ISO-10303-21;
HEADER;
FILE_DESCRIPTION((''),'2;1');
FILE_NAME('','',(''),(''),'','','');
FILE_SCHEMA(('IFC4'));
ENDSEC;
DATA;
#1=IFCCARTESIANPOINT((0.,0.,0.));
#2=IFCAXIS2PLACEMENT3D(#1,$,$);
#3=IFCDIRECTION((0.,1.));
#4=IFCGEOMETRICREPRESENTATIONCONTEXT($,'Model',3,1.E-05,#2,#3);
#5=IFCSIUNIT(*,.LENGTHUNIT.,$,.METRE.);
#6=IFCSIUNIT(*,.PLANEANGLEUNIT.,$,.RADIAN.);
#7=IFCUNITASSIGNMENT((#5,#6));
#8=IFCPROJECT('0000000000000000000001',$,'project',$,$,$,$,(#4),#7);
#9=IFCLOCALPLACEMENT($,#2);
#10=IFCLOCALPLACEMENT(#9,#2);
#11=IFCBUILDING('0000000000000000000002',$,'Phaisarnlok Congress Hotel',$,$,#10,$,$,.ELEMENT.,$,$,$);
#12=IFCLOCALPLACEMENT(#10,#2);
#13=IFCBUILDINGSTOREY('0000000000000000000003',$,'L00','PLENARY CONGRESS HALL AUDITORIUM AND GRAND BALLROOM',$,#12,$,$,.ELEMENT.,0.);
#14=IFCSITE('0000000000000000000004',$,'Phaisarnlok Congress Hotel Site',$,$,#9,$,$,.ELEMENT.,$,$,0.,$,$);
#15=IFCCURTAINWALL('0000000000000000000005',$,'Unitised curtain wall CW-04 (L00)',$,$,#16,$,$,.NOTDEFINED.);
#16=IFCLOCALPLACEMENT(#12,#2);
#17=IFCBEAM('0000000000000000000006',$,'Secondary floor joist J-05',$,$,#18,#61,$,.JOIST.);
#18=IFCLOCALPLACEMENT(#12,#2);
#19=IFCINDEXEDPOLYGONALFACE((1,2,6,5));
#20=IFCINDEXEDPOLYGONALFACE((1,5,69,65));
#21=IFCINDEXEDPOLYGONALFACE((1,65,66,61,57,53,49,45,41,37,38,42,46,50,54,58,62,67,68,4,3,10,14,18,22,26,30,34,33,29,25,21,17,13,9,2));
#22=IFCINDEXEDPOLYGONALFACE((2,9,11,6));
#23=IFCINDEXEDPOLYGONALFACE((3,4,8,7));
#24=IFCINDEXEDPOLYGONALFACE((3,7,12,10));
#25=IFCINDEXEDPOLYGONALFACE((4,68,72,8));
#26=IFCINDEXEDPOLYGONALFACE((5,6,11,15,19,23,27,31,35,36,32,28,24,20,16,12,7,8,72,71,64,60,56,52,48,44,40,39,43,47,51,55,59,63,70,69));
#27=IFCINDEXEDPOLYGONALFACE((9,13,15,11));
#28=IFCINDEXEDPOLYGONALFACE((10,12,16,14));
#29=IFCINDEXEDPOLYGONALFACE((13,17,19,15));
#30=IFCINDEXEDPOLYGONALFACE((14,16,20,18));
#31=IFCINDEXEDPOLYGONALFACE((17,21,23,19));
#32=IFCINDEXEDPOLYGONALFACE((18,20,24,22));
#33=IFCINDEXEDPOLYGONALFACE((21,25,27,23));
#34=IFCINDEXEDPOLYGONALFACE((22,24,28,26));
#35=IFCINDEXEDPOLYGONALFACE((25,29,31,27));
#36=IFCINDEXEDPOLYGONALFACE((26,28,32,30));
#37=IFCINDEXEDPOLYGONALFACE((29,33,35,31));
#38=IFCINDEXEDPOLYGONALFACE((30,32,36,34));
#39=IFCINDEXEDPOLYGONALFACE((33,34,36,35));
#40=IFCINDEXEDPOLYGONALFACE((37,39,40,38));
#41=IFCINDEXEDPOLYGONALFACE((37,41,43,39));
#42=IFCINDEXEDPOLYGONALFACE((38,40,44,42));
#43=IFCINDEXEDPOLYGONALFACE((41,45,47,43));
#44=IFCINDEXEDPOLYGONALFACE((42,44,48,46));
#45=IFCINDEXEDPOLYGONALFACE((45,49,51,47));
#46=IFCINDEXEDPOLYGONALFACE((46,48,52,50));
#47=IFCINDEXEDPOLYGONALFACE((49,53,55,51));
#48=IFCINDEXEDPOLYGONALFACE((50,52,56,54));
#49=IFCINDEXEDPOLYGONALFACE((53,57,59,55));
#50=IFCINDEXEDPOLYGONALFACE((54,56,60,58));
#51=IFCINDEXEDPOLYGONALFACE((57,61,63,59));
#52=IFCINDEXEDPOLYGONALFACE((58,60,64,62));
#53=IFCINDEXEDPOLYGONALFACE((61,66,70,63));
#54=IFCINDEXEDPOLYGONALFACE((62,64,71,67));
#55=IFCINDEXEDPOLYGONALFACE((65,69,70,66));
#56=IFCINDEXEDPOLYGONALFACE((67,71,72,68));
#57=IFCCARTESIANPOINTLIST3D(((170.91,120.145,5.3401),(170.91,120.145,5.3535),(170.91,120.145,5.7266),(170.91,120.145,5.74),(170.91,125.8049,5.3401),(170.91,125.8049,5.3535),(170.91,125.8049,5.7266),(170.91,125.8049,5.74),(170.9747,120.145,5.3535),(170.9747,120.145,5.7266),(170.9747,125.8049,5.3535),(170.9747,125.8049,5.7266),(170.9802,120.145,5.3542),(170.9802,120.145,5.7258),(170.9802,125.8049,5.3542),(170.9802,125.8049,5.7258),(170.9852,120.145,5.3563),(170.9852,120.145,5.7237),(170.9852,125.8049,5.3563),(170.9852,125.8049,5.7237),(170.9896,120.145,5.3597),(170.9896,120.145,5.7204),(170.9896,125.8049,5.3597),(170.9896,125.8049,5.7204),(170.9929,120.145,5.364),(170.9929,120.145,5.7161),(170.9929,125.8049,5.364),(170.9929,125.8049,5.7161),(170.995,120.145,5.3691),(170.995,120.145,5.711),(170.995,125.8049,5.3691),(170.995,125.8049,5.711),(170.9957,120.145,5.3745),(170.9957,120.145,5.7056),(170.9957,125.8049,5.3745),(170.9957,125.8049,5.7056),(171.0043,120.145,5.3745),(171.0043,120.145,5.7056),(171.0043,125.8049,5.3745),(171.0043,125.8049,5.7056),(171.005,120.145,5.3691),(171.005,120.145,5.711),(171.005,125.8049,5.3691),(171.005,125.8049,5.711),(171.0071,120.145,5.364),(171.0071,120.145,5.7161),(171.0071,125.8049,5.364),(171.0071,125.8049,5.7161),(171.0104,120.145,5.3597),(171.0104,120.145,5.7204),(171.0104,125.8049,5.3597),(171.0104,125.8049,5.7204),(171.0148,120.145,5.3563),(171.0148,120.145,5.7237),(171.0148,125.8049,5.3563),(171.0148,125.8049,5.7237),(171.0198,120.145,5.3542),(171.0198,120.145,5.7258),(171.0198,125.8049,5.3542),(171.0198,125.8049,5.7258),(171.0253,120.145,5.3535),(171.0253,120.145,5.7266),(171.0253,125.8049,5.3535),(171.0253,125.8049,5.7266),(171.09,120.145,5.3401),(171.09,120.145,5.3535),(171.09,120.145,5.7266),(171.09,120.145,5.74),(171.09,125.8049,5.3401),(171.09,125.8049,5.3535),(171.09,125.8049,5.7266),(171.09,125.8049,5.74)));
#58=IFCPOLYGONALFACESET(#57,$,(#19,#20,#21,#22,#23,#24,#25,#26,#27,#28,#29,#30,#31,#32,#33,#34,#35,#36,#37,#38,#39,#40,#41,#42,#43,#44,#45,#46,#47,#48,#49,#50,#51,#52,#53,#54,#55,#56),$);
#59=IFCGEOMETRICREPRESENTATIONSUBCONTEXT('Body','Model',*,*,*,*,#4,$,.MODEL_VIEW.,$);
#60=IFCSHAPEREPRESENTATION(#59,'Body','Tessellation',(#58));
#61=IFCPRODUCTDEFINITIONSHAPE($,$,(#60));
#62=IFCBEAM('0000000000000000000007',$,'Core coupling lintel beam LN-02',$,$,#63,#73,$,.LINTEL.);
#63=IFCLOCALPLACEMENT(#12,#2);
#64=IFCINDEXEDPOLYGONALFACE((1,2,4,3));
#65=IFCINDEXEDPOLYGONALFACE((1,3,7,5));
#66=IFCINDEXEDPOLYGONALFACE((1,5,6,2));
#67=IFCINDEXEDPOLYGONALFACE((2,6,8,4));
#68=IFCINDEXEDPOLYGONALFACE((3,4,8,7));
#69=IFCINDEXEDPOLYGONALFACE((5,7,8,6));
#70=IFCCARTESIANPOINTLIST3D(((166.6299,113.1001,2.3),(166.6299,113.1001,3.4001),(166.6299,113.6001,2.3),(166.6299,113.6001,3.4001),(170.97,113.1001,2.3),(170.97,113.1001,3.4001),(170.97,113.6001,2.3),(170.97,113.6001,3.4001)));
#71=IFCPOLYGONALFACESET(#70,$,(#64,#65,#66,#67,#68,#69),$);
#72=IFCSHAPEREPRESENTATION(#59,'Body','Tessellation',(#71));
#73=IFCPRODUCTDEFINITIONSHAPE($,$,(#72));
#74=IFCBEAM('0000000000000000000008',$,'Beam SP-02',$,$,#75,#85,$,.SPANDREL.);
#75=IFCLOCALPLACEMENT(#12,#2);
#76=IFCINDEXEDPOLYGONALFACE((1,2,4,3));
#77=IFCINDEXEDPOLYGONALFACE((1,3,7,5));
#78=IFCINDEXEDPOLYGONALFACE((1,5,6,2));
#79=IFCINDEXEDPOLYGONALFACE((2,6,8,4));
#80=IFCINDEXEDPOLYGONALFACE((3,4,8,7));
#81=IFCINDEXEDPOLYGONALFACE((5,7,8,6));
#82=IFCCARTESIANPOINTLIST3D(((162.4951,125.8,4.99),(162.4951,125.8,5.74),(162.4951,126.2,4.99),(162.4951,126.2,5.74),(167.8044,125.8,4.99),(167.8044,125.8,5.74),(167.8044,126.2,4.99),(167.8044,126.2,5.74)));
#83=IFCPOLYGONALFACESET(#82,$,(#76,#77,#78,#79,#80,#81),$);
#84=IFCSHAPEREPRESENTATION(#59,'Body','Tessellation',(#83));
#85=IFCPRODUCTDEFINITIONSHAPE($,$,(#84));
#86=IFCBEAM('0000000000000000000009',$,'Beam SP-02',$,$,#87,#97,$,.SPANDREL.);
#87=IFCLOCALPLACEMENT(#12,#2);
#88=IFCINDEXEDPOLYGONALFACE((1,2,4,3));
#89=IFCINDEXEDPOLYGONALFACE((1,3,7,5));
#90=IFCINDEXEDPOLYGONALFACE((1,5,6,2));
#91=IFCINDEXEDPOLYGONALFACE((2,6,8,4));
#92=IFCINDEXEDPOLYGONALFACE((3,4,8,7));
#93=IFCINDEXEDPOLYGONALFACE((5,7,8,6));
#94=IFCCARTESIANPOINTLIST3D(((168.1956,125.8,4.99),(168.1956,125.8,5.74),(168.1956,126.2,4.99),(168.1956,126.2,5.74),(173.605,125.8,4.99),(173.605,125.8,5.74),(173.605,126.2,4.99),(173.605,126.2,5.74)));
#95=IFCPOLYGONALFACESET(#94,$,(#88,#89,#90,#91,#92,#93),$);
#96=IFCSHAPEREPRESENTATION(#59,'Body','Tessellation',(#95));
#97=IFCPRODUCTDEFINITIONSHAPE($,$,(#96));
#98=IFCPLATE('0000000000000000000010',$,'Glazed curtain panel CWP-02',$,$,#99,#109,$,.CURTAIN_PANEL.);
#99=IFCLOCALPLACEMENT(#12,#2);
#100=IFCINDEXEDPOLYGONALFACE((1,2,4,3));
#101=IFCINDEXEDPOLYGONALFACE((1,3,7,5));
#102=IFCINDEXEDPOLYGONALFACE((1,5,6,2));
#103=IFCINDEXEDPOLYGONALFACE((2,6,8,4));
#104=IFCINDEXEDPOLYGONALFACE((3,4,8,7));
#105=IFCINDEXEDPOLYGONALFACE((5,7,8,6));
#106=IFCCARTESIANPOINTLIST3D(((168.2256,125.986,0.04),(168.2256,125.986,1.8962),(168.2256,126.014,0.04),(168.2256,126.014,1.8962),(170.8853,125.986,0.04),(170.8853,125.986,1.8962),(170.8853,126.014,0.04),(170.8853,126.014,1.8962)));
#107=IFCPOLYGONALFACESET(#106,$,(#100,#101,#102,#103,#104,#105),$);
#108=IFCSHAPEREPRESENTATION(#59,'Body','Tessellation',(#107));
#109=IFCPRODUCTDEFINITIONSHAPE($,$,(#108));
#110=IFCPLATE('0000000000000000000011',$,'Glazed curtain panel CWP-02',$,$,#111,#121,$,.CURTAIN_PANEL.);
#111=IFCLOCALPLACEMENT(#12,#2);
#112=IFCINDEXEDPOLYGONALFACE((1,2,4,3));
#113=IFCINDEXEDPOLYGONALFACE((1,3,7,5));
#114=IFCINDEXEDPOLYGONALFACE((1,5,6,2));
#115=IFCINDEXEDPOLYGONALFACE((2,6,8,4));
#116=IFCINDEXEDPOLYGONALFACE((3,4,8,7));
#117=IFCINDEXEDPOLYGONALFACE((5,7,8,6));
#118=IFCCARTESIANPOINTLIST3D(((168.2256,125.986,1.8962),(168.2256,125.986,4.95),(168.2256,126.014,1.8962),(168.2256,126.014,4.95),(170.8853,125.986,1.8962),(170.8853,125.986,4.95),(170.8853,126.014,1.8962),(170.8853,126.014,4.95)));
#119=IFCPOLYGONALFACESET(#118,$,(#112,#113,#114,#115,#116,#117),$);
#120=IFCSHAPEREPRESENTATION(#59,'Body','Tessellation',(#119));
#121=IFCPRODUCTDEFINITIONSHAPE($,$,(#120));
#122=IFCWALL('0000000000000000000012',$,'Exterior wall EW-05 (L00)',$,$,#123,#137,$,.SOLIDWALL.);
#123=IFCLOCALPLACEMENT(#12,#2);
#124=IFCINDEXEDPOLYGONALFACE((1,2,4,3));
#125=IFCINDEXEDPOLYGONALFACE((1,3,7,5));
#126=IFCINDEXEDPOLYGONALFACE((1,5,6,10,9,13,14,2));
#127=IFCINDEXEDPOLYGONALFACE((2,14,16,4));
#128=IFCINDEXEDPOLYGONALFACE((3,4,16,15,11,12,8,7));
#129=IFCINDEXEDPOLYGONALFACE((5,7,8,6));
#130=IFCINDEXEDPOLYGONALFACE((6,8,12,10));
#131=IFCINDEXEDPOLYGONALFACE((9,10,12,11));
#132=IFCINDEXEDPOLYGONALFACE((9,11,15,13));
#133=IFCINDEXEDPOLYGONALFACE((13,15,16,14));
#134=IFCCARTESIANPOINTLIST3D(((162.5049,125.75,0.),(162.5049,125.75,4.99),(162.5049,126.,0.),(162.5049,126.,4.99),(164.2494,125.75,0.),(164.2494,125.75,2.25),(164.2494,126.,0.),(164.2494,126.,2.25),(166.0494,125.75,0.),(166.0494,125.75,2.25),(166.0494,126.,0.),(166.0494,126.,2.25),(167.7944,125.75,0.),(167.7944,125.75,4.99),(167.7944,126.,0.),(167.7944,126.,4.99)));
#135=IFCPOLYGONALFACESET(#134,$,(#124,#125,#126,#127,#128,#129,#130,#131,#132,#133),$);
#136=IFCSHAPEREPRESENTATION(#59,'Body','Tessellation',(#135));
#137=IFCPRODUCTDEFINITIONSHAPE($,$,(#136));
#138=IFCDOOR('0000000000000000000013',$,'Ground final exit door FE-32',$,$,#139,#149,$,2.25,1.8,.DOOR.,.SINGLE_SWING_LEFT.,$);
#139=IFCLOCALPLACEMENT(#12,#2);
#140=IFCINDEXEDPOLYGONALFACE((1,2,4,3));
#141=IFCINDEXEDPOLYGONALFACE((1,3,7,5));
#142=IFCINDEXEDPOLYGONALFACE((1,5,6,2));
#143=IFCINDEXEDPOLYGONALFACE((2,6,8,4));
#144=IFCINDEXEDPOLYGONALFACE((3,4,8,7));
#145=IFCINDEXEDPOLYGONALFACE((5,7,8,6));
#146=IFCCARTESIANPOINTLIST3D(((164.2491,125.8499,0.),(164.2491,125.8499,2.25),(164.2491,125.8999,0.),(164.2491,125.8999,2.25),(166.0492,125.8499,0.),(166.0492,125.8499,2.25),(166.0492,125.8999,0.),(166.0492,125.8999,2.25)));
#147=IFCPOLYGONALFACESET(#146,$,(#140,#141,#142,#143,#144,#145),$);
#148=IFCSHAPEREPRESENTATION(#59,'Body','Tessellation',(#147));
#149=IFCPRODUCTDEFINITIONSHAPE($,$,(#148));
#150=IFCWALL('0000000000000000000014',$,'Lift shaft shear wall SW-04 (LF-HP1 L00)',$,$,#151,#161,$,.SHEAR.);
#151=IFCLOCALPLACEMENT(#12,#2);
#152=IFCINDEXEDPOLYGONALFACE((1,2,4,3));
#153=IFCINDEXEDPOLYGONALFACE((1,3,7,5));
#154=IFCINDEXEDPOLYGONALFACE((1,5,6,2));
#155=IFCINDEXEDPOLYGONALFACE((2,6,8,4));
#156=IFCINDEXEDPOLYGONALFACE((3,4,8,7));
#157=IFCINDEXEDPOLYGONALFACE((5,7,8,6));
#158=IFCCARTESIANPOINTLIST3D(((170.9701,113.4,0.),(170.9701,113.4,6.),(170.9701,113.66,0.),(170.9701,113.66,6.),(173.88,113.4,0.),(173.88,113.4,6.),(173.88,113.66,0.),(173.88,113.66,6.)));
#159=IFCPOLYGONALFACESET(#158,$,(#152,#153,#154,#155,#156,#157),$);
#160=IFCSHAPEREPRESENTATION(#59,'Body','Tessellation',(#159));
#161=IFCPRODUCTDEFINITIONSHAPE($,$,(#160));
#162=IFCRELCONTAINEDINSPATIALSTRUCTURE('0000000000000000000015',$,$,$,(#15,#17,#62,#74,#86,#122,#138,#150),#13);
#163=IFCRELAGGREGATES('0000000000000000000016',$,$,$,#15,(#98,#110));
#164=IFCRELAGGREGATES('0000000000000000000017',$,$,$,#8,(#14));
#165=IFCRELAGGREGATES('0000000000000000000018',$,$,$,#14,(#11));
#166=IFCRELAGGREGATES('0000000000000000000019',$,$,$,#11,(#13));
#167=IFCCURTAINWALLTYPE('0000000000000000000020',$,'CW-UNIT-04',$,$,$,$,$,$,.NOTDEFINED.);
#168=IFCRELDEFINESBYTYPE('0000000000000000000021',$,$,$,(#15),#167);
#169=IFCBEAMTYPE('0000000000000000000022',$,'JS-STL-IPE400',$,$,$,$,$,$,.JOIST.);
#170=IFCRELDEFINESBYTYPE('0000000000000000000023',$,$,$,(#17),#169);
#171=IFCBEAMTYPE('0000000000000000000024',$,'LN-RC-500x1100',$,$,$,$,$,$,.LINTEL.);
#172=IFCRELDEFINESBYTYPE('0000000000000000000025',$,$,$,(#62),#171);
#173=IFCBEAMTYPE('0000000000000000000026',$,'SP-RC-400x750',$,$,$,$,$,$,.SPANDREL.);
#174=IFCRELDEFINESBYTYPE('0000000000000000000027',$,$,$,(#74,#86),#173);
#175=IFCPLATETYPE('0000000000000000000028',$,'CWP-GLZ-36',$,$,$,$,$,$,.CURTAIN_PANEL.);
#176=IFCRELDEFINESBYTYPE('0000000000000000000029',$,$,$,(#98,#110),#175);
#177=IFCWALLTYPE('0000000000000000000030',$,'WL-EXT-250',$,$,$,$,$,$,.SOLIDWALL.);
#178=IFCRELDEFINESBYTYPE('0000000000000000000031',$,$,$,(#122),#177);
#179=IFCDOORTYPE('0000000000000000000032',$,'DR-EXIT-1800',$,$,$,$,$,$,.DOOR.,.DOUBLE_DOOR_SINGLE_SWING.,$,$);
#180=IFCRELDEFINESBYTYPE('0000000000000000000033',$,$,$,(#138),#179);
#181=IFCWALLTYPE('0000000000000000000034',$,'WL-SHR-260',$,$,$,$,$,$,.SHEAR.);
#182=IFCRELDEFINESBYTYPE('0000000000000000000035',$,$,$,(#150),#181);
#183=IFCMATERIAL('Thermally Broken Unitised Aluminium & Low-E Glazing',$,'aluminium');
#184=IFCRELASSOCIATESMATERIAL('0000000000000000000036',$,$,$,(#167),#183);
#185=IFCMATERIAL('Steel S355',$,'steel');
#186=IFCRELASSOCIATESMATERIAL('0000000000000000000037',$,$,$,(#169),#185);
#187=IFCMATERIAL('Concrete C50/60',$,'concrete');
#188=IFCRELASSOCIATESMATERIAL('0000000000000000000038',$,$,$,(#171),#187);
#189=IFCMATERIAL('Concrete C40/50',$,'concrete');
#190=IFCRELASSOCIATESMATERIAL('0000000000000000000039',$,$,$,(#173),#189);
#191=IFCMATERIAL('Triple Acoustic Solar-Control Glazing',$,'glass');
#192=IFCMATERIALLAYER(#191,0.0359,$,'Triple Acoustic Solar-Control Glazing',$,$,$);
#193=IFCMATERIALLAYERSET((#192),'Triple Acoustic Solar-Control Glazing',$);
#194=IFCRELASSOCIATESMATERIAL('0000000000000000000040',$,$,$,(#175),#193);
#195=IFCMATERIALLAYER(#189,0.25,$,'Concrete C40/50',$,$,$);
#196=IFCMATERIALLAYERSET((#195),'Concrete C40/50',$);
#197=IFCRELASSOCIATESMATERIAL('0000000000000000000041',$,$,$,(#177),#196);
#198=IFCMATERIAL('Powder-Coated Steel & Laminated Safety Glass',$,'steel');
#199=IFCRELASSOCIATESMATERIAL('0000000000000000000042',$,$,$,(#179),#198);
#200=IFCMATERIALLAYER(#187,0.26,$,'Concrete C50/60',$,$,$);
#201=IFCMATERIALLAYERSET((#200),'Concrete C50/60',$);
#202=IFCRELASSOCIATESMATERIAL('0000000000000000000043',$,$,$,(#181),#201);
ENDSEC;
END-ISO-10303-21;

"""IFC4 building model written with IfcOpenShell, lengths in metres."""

from ifc_helpers import new_model, si_unit, direction, frame, frame_2d, origin, origin_2d, place, context, subcontext, project, spatial, rectangle, i_section, extrude, material, layer, layer_set, material_profile, profile_set, type_object, element, fill, aggregate, save


model = new_model("IFC4")

# Units and contexts
model_context = context("Model", 3, precision=1e-05, world=origin(), true_north=direction((0.0, 1.0)))
body_context = subcontext(model_context, "Body", "Model", "MODEL_VIEW")
ifc_project = project(units=[si_unit("LENGTHUNIT", "METRE"), si_unit("PLANEANGLEUNIT", "RADIAN")], contexts=[model_context])

# Site, building, storey
site_placement = place(None, origin())
site = spatial("IfcSite", under=ifc_project, at=site_placement, Name="Phaisarnlok Congress Hotel Site", CompositionType="ELEMENT", RefElevation=0.0)
building_placement = place(site_placement, origin())
building = spatial("IfcBuilding", under=site, at=building_placement, Name="Phaisarnlok Congress Hotel", CompositionType="ELEMENT")
storey_placement = place(building_placement, origin())
storey = spatial("IfcBuildingStorey", under=building, at=storey_placement, Name="L00", Description="PLENARY CONGRESS HALL AUDITORIUM AND GRAND BALLROOM", CompositionType="ELEMENT", Elevation=0.0)

# Shared definitions
ifc_material_1 = material(Name="Concrete C50/60", Category="concrete")
ifc_material_2 = material(Name="Steel S355", Category="steel")

# Shared definitions
ifc_material_3 = material(Name="Concrete C40/50", Category="concrete")

# Curtain wall
ifc_material_4 = material(Name="Thermally Broken Unitised Aluminium & Low-E Glazing", Category="aluminium")
curtain_wall_type = type_object("IfcCurtainWallType", Name="CW-UNIT-04", PredefinedType="NOTDEFINED", material=ifc_material_4)
curtain_wall_placement = place(storey_placement, origin())
curtain_wall = element("IfcCurtainWall", 1, at=curtain_wall_placement, inside=storey, type_object=curtain_wall_type, Name="Unitised curtain wall CW-04 (L00)", PredefinedType="NOTDEFINED")

# Beams
ifc_material_profile_1 = material_profile(ifc_material_2, i_section(OverallWidth=0.1799, OverallDepth=0.3999, WebThickness=0.0085, FlangeThickness=0.0134, FilletRadius=0.021, at=origin_2d()), Name="IPE 400")
ifc_profile_set_1 = profile_set([ifc_material_profile_1], Name="Steel S355")
beam_type_1 = type_object("IfcBeamType", Name="JS-STL-IPE400", PredefinedType="JOIST", material=ifc_profile_set_1)
beam_1_placement = place(storey_placement, frame((171.0, 120.145, 5.54), z_axis=(0.0, 1.0, 0.0), x_axis=(-1.0, 0.0, 0.0)))
element("IfcBeam", 2, at=beam_1_placement, inside=storey, type_object=beam_type_1, Name="Secondary floor joist J-05", PredefinedType="JOIST", context=body_context, shape_type="SweptSolid", body=[
    extrude(i_section(OverallWidth=0.1799, OverallDepth=0.3999, WebThickness=0.0085, FlangeThickness=0.0134, FilletRadius=0.021, at=origin_2d()), origin(), (0.0, 0.0, 1.0), 5.6599),
])
ifc_material_profile_2 = material_profile(ifc_material_1, rectangle(XDim=0.5, YDim=1.1001, at=origin_2d()), Name="RC 500x1100")
ifc_profile_set_2 = profile_set([ifc_material_profile_2], Name="Concrete C50/60")
beam_type_2 = type_object("IfcBeamType", Name="LN-RC-500x1100", PredefinedType="LINTEL", material=ifc_profile_set_2)
beam_2_placement = place(storey_placement, frame((166.6299, 113.3501, 2.8501), z_axis=(1.0, 0.0, 0.0), x_axis=(0.0, 1.0, 0.0)))
element("IfcBeam", 3, at=beam_2_placement, inside=storey, type_object=beam_type_2, Name="Core coupling lintel beam LN-02", PredefinedType="LINTEL", context=body_context, shape_type="SweptSolid", body=[
    extrude(rectangle(XDim=0.5, YDim=1.1001, at=origin_2d()), origin(), (0.0, 0.0, 1.0), 4.3401),
])
ifc_material_profile_3 = material_profile(ifc_material_3, rectangle(XDim=0.3999, YDim=0.75, at=origin_2d()), Name="RC 400x750")
ifc_profile_set_3 = profile_set([ifc_material_profile_3], Name="Concrete C40/50")
beam_type_3 = type_object("IfcBeamType", Name="SP-RC-400x750", PredefinedType="SPANDREL", material=ifc_profile_set_3)
beam_3_placement = place(storey_placement, frame((162.4951, 126.0, 5.365), z_axis=(1.0, 0.0, 0.0), x_axis=(0.0, 1.0, 0.0)))
element("IfcBeam", 4, at=beam_3_placement, inside=storey, type_object=beam_type_3, Name="Beam SP-02", PredefinedType="SPANDREL", context=body_context, shape_type="SweptSolid", body=[
    extrude(rectangle(XDim=0.3999, YDim=0.75, at=origin_2d()), origin(), (0.0, 0.0, 1.0), 5.3093),
])
beam_4_placement = place(storey_placement, frame((168.1956, 126.0, 5.365), z_axis=(1.0, 0.0, 0.0), x_axis=(0.0, 1.0, 0.0)))
element("IfcBeam", 5, at=beam_4_placement, inside=storey, type_object=beam_type_3, Name="Beam SP-02", PredefinedType="SPANDREL", context=body_context, shape_type="SweptSolid", body=[
    extrude(rectangle(XDim=0.3999, YDim=0.75, at=origin_2d()), origin(), (0.0, 0.0, 1.0), 5.4094),
])

# Plates
ifc_material_5 = material(Name="Triple Acoustic Solar-Control Glazing", Category="glass")
ifc_layer_1 = layer(ifc_material_5, 0.0359, Name="Triple Acoustic Solar-Control Glazing")
ifc_layer_set_1 = layer_set([ifc_layer_1], Name="Triple Acoustic Solar-Control Glazing")
plate_type = type_object("IfcPlateType", Name="CWP-GLZ-36", PredefinedType="CURTAIN_PANEL", material=ifc_layer_set_1)
plate_1_placement = place(storey_placement, frame((170.8853, 126.0, 0.04), z_axis=(0.0, 0.0, 1.0), x_axis=(-1.0, 0.0, 0.0)))
plate_1 = element("IfcPlate", 6, at=plate_1_placement, type_object=plate_type, Name="Glazed curtain panel CWP-02", PredefinedType="CURTAIN_PANEL", context=body_context, shape_type="SweptSolid", body=[
    extrude(rectangle(XDim=2.6597, YDim=0.0281, at=frame_2d((1.3298, 0.0))), origin(), (0.0, 0.0, 1.0), 1.8562),
])
plate_2_placement = place(storey_placement, frame((170.8853, 126.0, 1.8962), z_axis=(0.0, 0.0, 1.0), x_axis=(-1.0, 0.0, 0.0)))
plate_2 = element("IfcPlate", 7, at=plate_2_placement, type_object=plate_type, Name="Glazed curtain panel CWP-02", PredefinedType="CURTAIN_PANEL", context=body_context, shape_type="SweptSolid", body=[
    extrude(rectangle(XDim=2.6597, YDim=0.0281, at=frame_2d((1.3298, 0.0))), origin(), (0.0, 0.0, 1.0), 3.0537),
])
aggregate(curtain_wall, [plate_1, plate_2])

# Wall, opening, door
ifc_layer_2 = layer(ifc_material_3, 0.25, Name="Concrete C40/50")
ifc_layer_set_2 = layer_set([ifc_layer_2], Name="Concrete C40/50")
wall_type_1 = type_object("IfcWallType", Name="WL-EXT-250", PredefinedType="SOLIDWALL", material=ifc_layer_set_2)
wall_1_placement = place(storey_placement, frame((167.7944, 125.875, 0.0), z_axis=(0.0, 0.0, 1.0), x_axis=(-1.0, 0.0, 0.0)))
wall_1 = element("IfcWall", 8, at=wall_1_placement, inside=storey, type_object=wall_type_1, Name="Exterior wall EW-05 (L00)", PredefinedType="SOLIDWALL", context=body_context, shape_type="SweptSolid", body=[
    extrude(rectangle(XDim=5.2896, YDim=0.25, at=frame_2d((2.6448, 0.0))), origin(), (0.0, 0.0, 1.0), 4.99),
])
opening_1_placement = place(wall_1_placement, frame((1.7451, 0.0, 0.0)))
opening_1 = element("IfcOpeningElement", 9, at=opening_1_placement, cuts=wall_1, PredefinedType="OPENING", context=body_context, shape_type="SweptSolid", body=[
    extrude(rectangle(XDim=1.8, YDim=2.25, at=frame_2d((0.8999, 1.125))), frame((0.0, 0.135, 0.0), z_axis=(0.0, -1.0, 0.0), x_axis=(1.0, 0.0, 0.0)), (0.0, 0.0, 1.0), 0.27),
])
ifc_material_6 = material(Name="Powder-Coated Steel & Laminated Safety Glass", Category="steel")
door_type_1 = type_object("IfcDoorType", Name="DR-EXIT-1800", OperationType="DOUBLE_DOOR_SINGLE_SWING", PredefinedType="DOOR", material=ifc_material_6)
door_1_placement = place(opening_1_placement, frame((1.8, 0.0, 0.0), z_axis=(0.0, 0.0, 1.0), x_axis=(-1.0, 0.0, 0.0)))
door_1 = element("IfcDoor", 10, at=door_1_placement, inside=storey, type_object=door_type_1, Name="Ground final exit door FE-32", OperationType="SINGLE_SWING_LEFT", OverallHeight=2.25, OverallWidth=1.8, PredefinedType="DOOR", context=body_context, shape_type="SweptSolid", body=[
    extrude(rectangle(XDim=1.8, YDim=2.25, at=frame_2d((0.8999, 1.125))), frame((0.0, 0.0249, 0.0), z_axis=(0.0, -1.0, 0.0), x_axis=(1.0, 0.0, 0.0)), (0.0, 0.0, 1.0), 0.05),
])
fill(opening_1, door_1)
ifc_layer_3 = layer(ifc_material_1, 0.26, Name="Concrete C50/60")
ifc_layer_set_3 = layer_set([ifc_layer_3], Name="Concrete C50/60")
wall_type_2 = type_object("IfcWallType", Name="WL-SHR-260", PredefinedType="SHEAR", material=ifc_layer_set_3)

# Wall
wall_2_placement = place(storey_placement, frame((170.97, 113.53, 0.0), z_axis=(0.0, 0.0, 1.0), x_axis=(1.0, 0.0, 0.0)))
element("IfcWall", 11, at=wall_2_placement, inside=storey, type_object=wall_type_2, Name="Lift shaft shear wall SW-04 (LF-HP1 L00)", PredefinedType="SHEAR", context=body_context, shape_type="SweptSolid", body=[
    extrude(rectangle(XDim=2.9099, YDim=0.26, at=frame_2d((1.4551, 0.0))), origin(), (0.0, 0.0, 1.0), 6.0),
])

save(model, "model.ifc")
